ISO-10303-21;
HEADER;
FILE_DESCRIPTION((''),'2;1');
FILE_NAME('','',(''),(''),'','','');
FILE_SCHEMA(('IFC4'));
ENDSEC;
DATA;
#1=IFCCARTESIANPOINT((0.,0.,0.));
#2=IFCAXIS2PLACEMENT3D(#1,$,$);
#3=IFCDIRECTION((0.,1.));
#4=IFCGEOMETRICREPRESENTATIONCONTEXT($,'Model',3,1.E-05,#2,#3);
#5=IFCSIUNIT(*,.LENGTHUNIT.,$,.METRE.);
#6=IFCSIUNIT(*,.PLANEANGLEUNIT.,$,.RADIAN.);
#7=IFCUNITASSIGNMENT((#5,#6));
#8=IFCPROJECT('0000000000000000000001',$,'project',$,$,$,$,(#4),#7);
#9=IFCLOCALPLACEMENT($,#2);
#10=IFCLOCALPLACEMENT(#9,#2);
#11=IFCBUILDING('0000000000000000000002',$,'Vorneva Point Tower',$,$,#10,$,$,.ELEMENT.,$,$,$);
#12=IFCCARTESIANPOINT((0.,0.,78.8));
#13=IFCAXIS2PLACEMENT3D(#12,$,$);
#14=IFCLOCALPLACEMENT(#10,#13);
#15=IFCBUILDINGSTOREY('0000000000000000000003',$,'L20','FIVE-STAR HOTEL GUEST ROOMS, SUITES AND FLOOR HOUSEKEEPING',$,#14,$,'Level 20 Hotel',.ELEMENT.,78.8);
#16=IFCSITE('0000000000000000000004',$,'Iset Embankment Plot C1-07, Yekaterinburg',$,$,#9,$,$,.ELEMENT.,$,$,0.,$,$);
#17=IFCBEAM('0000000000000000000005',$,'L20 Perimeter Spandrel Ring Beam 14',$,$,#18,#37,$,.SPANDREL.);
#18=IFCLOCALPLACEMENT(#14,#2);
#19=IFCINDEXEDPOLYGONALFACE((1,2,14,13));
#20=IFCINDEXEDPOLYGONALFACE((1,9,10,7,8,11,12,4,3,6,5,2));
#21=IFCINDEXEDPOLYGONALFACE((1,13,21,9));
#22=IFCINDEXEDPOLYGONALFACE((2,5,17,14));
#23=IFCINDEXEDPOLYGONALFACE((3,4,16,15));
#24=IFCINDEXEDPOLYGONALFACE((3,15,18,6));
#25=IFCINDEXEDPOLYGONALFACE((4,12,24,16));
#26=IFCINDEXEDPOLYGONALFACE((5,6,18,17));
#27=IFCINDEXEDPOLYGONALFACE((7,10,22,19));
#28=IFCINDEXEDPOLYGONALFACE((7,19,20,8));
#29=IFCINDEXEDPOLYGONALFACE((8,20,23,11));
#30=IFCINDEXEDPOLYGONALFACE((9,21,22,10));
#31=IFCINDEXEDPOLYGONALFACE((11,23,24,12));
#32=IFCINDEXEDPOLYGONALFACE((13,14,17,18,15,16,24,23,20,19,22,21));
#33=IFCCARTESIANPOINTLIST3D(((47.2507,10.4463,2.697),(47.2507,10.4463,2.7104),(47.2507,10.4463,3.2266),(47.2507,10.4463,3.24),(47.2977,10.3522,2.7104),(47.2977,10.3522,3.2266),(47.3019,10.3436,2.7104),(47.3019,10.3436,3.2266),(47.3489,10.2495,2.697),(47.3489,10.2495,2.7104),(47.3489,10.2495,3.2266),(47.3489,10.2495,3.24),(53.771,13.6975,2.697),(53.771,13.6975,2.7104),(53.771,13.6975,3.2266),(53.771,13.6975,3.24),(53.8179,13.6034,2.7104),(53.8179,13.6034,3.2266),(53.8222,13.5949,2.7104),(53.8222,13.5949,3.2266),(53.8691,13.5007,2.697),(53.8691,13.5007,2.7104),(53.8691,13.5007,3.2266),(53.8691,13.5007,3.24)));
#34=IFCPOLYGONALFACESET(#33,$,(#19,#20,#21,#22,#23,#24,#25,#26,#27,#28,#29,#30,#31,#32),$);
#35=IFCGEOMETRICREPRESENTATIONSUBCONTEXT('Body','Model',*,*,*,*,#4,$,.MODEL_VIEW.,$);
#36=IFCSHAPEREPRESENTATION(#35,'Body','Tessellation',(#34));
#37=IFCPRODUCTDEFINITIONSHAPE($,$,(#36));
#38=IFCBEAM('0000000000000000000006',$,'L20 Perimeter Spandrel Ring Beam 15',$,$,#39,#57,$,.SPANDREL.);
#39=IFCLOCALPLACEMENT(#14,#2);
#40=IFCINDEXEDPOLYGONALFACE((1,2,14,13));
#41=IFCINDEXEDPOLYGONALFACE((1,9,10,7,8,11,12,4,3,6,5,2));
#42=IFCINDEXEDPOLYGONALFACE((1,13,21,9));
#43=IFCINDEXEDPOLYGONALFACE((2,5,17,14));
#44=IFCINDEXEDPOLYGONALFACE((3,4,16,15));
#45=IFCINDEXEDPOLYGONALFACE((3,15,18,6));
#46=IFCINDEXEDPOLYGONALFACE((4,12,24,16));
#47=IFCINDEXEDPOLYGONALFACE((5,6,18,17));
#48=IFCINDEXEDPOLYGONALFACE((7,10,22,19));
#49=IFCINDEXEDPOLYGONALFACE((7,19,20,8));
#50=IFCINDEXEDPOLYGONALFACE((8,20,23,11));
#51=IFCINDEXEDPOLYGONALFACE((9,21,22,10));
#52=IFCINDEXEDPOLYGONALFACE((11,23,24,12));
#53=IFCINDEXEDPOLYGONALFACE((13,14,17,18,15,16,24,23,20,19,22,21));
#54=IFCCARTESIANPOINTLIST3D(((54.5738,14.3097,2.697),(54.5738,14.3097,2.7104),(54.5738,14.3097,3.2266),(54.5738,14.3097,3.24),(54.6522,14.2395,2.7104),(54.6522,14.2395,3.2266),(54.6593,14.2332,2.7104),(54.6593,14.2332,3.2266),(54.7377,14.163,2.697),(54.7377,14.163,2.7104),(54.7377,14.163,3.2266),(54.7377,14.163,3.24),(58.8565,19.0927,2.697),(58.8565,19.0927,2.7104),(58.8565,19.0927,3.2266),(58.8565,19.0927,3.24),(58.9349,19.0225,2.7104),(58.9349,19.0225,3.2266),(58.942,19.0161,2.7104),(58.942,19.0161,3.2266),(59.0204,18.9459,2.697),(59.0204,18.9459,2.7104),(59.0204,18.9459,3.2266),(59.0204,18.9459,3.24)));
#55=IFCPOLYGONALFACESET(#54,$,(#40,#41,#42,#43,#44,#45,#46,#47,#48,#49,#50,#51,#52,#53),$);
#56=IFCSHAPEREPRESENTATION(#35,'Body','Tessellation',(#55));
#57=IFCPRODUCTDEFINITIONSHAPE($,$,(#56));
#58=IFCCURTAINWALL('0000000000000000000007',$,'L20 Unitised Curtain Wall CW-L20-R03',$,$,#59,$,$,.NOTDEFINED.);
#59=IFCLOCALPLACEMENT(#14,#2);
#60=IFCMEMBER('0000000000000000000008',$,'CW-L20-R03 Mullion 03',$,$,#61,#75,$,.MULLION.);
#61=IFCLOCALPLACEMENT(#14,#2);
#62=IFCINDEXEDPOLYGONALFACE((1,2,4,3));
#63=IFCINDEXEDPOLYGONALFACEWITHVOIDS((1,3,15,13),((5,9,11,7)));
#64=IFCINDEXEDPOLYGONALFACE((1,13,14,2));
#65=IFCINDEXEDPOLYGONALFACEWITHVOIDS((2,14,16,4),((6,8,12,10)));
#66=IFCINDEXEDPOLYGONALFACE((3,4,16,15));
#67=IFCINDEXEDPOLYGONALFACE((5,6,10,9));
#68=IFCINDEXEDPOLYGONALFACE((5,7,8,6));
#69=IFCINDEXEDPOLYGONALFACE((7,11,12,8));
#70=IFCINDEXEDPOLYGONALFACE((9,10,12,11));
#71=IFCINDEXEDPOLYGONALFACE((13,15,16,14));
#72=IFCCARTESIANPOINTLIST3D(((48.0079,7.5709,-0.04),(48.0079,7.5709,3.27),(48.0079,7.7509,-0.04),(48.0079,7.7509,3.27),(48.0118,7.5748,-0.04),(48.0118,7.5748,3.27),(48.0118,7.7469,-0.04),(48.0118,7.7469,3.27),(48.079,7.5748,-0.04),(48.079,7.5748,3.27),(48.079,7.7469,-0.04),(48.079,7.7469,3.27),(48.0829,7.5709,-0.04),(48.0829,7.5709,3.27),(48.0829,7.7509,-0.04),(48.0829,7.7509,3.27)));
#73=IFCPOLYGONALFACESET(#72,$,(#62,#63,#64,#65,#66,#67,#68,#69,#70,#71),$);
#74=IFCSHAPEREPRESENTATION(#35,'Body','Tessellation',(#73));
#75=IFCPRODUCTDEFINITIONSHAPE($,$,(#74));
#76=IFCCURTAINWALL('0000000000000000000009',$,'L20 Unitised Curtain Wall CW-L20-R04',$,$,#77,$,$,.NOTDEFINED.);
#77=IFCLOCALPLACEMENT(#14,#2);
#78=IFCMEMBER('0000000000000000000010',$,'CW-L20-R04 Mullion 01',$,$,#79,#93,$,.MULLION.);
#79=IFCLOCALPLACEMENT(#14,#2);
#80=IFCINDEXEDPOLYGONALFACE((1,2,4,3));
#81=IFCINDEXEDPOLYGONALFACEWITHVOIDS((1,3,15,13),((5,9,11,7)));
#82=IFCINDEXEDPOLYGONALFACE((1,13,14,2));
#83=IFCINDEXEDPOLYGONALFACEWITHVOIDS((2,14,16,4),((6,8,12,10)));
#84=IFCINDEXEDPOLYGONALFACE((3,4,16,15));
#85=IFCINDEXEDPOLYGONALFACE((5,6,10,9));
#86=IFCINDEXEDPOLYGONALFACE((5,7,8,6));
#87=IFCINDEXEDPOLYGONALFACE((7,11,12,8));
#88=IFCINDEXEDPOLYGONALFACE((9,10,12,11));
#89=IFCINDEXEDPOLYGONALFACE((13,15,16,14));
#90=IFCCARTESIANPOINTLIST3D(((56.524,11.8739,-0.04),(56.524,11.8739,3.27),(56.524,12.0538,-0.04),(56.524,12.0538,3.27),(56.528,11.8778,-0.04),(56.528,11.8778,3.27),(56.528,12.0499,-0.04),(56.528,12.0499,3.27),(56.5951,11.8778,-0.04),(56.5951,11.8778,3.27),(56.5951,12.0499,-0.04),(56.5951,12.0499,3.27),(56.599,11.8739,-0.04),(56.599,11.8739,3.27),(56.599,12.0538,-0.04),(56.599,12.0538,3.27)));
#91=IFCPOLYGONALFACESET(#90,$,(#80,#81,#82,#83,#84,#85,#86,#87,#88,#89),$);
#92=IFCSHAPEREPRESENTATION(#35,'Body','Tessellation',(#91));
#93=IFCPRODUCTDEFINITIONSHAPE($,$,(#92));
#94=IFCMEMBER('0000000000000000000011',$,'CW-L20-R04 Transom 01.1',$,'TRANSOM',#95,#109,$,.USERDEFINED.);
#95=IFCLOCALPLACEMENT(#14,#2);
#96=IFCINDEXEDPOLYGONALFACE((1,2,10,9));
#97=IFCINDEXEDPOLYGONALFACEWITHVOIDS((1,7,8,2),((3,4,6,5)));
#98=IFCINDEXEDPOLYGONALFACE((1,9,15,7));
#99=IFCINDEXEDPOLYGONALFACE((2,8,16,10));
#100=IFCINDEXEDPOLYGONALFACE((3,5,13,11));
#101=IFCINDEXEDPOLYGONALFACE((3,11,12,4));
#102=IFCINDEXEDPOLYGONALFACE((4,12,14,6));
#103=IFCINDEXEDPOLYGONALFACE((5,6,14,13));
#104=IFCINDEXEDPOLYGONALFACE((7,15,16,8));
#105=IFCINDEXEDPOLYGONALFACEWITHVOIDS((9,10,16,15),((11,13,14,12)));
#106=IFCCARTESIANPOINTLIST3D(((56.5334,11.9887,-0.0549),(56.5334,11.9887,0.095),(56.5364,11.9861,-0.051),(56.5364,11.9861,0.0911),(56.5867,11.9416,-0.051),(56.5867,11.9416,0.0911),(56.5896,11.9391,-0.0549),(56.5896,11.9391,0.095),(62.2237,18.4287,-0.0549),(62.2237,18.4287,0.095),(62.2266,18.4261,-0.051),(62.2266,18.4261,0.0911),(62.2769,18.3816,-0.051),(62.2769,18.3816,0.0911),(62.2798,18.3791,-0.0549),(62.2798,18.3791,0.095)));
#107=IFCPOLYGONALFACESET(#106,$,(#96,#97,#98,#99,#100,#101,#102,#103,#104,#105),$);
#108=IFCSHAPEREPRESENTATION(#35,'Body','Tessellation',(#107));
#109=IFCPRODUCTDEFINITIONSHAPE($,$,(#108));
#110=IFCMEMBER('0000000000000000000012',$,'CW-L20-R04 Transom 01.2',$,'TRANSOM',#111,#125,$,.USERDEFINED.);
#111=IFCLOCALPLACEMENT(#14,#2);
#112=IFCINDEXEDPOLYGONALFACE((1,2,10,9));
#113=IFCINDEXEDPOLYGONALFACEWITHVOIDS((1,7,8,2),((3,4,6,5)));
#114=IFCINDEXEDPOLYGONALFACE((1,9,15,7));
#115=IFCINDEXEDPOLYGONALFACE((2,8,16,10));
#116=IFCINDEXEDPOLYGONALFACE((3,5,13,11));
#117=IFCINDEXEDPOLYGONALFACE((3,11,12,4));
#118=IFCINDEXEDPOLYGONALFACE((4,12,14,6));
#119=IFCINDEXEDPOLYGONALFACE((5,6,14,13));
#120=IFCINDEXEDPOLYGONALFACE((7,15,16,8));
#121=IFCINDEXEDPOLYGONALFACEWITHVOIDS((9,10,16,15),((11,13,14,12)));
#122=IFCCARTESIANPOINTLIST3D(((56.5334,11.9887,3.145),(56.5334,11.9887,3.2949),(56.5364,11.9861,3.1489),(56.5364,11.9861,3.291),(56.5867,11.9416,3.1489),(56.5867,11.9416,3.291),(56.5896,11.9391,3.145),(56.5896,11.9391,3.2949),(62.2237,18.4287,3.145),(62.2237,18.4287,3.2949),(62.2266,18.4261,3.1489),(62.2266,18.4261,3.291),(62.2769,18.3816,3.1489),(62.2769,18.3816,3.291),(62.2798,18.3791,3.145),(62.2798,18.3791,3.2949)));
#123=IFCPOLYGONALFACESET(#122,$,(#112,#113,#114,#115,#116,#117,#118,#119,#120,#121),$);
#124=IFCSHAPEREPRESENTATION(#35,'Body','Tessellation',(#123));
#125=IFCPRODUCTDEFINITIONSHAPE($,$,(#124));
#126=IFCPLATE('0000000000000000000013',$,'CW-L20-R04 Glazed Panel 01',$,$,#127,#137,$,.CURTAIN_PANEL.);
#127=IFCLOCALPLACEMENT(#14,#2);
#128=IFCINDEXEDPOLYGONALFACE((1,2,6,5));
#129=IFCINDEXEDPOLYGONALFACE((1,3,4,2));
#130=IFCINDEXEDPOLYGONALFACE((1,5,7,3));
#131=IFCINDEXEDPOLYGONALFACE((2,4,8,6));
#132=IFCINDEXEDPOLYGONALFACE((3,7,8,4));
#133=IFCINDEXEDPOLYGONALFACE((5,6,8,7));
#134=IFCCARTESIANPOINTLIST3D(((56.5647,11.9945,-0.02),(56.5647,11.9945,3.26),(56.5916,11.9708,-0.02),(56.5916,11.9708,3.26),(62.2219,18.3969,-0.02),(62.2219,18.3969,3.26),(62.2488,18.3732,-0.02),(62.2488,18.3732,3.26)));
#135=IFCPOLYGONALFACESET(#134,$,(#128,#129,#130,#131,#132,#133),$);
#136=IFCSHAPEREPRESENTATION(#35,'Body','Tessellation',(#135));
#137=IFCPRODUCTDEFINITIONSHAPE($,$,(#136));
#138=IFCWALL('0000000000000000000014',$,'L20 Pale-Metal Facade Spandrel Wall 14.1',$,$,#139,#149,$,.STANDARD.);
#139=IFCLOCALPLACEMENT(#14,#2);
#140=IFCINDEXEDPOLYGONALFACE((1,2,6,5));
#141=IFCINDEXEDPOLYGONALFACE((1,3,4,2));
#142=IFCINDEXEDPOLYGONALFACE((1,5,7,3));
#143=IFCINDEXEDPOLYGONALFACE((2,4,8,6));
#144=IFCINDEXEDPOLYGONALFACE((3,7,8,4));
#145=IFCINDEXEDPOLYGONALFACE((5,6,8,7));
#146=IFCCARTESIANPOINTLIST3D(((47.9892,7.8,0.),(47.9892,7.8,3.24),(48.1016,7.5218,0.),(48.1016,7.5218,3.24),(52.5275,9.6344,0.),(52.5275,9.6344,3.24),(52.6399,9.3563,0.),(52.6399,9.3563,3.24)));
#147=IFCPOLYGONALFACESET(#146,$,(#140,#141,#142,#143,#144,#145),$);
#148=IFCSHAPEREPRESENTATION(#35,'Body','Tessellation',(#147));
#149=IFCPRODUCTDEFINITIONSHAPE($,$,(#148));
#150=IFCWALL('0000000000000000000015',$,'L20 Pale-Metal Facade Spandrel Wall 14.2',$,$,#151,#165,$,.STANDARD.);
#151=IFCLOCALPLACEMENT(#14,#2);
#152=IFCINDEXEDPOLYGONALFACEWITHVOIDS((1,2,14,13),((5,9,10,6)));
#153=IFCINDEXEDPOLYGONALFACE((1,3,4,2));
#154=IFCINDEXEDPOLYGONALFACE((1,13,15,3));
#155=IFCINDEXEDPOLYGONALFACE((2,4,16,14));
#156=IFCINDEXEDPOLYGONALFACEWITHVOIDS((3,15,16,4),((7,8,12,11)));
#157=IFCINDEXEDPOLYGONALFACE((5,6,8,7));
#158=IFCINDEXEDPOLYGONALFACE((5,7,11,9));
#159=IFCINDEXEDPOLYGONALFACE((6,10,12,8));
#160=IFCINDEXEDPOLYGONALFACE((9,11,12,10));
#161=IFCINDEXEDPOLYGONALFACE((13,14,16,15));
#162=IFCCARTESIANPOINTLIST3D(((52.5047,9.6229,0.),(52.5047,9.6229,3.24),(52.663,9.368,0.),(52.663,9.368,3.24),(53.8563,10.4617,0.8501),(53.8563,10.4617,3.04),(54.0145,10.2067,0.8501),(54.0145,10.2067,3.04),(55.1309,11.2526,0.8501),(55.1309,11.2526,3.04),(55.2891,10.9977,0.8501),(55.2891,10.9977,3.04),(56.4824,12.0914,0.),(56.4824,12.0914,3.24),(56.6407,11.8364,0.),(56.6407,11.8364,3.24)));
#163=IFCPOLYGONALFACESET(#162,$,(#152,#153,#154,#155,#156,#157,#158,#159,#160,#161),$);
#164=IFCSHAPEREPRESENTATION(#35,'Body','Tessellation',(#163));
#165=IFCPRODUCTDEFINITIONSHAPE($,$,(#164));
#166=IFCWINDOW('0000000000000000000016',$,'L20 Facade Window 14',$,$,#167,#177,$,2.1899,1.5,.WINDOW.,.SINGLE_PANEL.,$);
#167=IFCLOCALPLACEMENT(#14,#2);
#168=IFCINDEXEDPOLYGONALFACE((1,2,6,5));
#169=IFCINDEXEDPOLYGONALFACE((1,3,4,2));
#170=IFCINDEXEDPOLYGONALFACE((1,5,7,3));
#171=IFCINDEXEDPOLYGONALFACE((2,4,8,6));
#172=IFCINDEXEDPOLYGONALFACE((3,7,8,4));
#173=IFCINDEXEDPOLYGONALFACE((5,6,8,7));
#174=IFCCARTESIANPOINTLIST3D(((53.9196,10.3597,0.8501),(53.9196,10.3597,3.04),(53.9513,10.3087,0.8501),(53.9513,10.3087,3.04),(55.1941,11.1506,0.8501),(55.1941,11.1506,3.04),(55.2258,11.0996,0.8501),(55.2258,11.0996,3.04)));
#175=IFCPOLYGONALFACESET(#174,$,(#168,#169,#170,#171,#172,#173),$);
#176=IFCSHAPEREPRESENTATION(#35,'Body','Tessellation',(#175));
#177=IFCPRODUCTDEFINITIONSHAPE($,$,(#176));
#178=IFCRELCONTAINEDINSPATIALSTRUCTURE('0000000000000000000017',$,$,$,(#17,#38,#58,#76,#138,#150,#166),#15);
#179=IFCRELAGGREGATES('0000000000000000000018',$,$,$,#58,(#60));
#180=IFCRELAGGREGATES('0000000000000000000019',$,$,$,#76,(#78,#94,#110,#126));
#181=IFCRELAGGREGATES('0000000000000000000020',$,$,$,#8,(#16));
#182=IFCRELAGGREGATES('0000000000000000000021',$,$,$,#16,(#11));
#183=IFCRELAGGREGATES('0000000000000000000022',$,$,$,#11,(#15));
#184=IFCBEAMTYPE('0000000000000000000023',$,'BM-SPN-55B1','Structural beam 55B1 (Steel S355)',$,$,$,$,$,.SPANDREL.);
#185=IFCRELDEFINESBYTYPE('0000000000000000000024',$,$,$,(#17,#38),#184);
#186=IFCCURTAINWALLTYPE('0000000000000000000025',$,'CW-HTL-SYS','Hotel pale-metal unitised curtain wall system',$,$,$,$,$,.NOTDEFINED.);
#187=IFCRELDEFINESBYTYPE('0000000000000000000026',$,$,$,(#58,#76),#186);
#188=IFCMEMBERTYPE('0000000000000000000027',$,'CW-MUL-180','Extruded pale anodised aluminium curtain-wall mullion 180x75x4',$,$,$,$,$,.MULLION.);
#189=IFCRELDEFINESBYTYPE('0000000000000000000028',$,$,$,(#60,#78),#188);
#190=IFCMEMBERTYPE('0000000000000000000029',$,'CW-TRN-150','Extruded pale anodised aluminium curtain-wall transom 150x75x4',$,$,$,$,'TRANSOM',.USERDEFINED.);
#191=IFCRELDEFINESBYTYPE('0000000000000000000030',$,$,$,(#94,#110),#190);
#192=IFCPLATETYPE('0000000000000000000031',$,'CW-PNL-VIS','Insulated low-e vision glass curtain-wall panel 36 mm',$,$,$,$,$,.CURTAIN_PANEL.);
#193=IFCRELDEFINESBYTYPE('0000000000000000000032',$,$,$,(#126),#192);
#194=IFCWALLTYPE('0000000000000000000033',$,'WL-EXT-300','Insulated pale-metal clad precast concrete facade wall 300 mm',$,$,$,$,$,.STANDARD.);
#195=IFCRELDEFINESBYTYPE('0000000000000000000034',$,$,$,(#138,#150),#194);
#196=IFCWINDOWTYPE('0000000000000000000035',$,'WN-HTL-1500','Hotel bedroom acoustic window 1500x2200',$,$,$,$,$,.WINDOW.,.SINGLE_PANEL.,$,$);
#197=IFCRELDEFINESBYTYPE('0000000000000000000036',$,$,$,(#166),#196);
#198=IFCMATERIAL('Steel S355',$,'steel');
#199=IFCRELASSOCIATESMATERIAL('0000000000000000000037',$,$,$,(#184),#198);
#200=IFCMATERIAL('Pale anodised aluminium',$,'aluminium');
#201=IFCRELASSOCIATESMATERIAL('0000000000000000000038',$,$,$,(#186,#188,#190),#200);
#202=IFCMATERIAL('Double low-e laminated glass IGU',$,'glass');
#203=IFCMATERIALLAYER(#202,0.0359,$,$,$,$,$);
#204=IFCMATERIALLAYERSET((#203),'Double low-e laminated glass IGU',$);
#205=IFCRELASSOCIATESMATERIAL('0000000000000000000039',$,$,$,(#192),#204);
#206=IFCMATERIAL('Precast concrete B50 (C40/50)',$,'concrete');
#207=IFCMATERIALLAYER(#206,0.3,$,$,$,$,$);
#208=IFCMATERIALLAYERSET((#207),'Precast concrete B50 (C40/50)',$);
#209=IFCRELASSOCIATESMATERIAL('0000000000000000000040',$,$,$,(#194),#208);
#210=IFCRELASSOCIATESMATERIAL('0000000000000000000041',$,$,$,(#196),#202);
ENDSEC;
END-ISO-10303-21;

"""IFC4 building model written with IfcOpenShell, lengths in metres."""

from ifc_helpers import new_model, si_unit, direction, frame, frame_2d, origin, origin_2d, place, context, subcontext, project, spatial, rectangle, hollow_rectangle, i_section, extrude, material, layer, layer_set, material_profile, profile_set, type_object, element, fill, aggregate, save


model = new_model("IFC4")

# Units and contexts
model_context = context("Model", 3, precision=1e-05, world=origin(), true_north=direction((0.0, 1.0)))
body_context = subcontext(model_context, "Body", "Model", "MODEL_VIEW")
ifc_project = project(units=[si_unit("LENGTHUNIT", "METRE"), si_unit("PLANEANGLEUNIT", "RADIAN")], contexts=[model_context])

# Site, building, storey
site_placement = place(None, origin())
site = spatial("IfcSite", under=ifc_project, at=site_placement, Name="Iset Embankment Plot C1-07, Yekaterinburg", CompositionType="ELEMENT", RefElevation=0.0)
building_placement = place(site_placement, origin())
building = spatial("IfcBuilding", under=site, at=building_placement, Name="Vorneva Point Tower", CompositionType="ELEMENT")
storey_placement = place(building_placement, frame((0.0, 0.0, 78.8)))
storey = spatial("IfcBuildingStorey", under=building, at=storey_placement, Name="L20", Description="FIVE-STAR HOTEL GUEST ROOMS, SUITES AND FLOOR HOUSEKEEPING", LongName="Level 20 Hotel", CompositionType="ELEMENT", Elevation=78.8)

# Beams
ifc_material_1 = material(Name="Steel S355", Category="steel")
ifc_material_profile_1 = material_profile(ifc_material_1, i_section(OverallWidth=0.22, OverallDepth=0.543, WebThickness=0.0095, FlangeThickness=0.0134, at=origin_2d()), Name="55B1")
ifc_profile_set_1 = profile_set([ifc_material_profile_1], Name="Steel S355")
beam_type_1 = type_object("IfcBeamType", Name="BM-SPN-55B1", Description="Structural beam 55B1 (Steel S355)", PredefinedType="SPANDREL", material=ifc_profile_set_1)
beam_1_placement = place(storey_placement, frame((47.2998, 10.3479, 2.9685), z_axis=(0.894916, 0.446235, 0.0), x_axis=(-0.446235, 0.894916, 0.0)))
element("IfcBeam", 1, at=beam_1_placement, inside=storey, type_object=beam_type_1, Name="L20 Perimeter Spandrel Ring Beam 14", PredefinedType="SPANDREL", context=body_context, shape_type="SweptSolid", body=[
    extrude(i_section(OverallWidth=0.22, OverallDepth=0.543, WebThickness=0.0095, FlangeThickness=0.0134, at=origin_2d()), origin(), (0.0, 0.0, 1.0), 7.2859),
])
beam_2_placement = place(storey_placement, frame((54.6558, 14.2363, 2.9685), z_axis=(0.667074, 0.744992, 0.0), x_axis=(-0.744992, 0.667074, 0.0)))
element("IfcBeam", 2, at=beam_2_placement, inside=storey, type_object=beam_type_1, Name="L20 Perimeter Spandrel Ring Beam 15", PredefinedType="SPANDREL", context=body_context, shape_type="SweptSolid", body=[
    extrude(i_section(OverallWidth=0.22, OverallDepth=0.543, WebThickness=0.0095, FlangeThickness=0.0134, at=origin_2d()), origin(), (0.0, 0.0, 1.0), 6.4202),
])

# Curtain wall, member
ifc_material_2 = material(Name="Pale anodised aluminium", Category="aluminium")
curtain_wall_type = type_object("IfcCurtainWallType", Name="CW-HTL-SYS", Description="Hotel pale-metal unitised curtain wall system", PredefinedType="NOTDEFINED", material=ifc_material_2)
curtain_wall_1_placement = place(storey_placement, origin())
curtain_wall_1 = element("IfcCurtainWall", 3, at=curtain_wall_1_placement, inside=storey, type_object=curtain_wall_type, Name="L20 Unitised Curtain Wall CW-L20-R03", PredefinedType="NOTDEFINED")
ifc_material_profile_2 = material_profile(ifc_material_2, hollow_rectangle(XDim=0.075, YDim=0.1799, WallThickness=0.0039, at=origin_2d()), Name="AL-MUL 180x75x4")
ifc_profile_set_2 = profile_set([ifc_material_profile_2], Name="Pale anodised aluminium")
member_type_1 = type_object("IfcMemberType", Name="CW-MUL-180", Description="Extruded pale anodised aluminium curtain-wall mullion 180x75x4", PredefinedType="MULLION", material=ifc_profile_set_2)
member_1_placement = place(storey_placement, frame((48.0454, 7.6609, -0.04), z_axis=(0.0, 0.0, 1.0), x_axis=(1.0, 0.0, 0.0)))
member_1 = element("IfcMember", 4, at=member_1_placement, type_object=member_type_1, Name="CW-L20-R03 Mullion 03", PredefinedType="MULLION", context=body_context, shape_type="SweptSolid", body=[
    extrude(hollow_rectangle(XDim=0.075, YDim=0.1799, WallThickness=0.0039, at=origin_2d()), origin(), (0.0, 0.0, 1.0), 3.3101),
])
aggregate(curtain_wall_1, [member_1])

# Curtain wall, members, plate
curtain_wall_2_placement = place(storey_placement, origin())
curtain_wall_2 = element("IfcCurtainWall", 5, at=curtain_wall_2_placement, inside=storey, type_object=curtain_wall_type, Name="L20 Unitised Curtain Wall CW-L20-R04", PredefinedType="NOTDEFINED")
member_2_placement = place(storey_placement, frame((56.5615, 11.9639, -0.04), z_axis=(0.0, 0.0, 1.0), x_axis=(1.0, 0.0, 0.0)))
member_2 = element("IfcMember", 6, at=member_2_placement, type_object=member_type_1, Name="CW-L20-R04 Mullion 01", PredefinedType="MULLION", context=body_context, shape_type="SweptSolid", body=[
    extrude(hollow_rectangle(XDim=0.075, YDim=0.1799, WallThickness=0.0039, at=origin_2d()), origin(), (0.0, 0.0, 1.0), 3.3101),
])
ifc_material_profile_3 = material_profile(ifc_material_2, hollow_rectangle(XDim=0.075, YDim=0.1499, WallThickness=0.0039, at=origin_2d()), Name="AL-TRN 150x75x4")
ifc_profile_set_3 = profile_set([ifc_material_profile_3], Name="Pale anodised aluminium")
member_type_2 = type_object("IfcMemberType", Name="CW-TRN-150", Description="Extruded pale anodised aluminium curtain-wall transom 150x75x4", ElementType="TRANSOM", PredefinedType="USERDEFINED", material=ifc_profile_set_3)
member_3_placement = place(storey_placement, frame((56.5615, 11.9639, 0.02), z_axis=(0.662137, 0.749383, 0.0), x_axis=(-0.749383, 0.662137, 0.0)))
member_3 = element("IfcMember", 7, at=member_3_placement, type_object=member_type_2, Name="CW-L20-R04 Transom 01.1", ObjectType="TRANSOM", PredefinedType="USERDEFINED", context=body_context, shape_type="SweptSolid", body=[
    extrude(hollow_rectangle(XDim=0.075, YDim=0.1499, WallThickness=0.0039, at=origin_2d()), origin(), (0.0, 0.0, 1.0), 8.5938),
])
member_4_placement = place(storey_placement, frame((56.5615, 11.9639, 3.22), z_axis=(0.662137, 0.749383, 0.0), x_axis=(-0.749383, 0.662137, 0.0)))
member_4 = element("IfcMember", 8, at=member_4_placement, type_object=member_type_2, Name="CW-L20-R04 Transom 01.2", ObjectType="TRANSOM", PredefinedType="USERDEFINED", context=body_context, shape_type="SweptSolid", body=[
    extrude(hollow_rectangle(XDim=0.075, YDim=0.1499, WallThickness=0.0039, at=origin_2d()), origin(), (0.0, 0.0, 1.0), 8.5938),
])
ifc_material_3 = material(Name="Double low-e laminated glass IGU", Category="glass")
ifc_layer_1 = layer(ifc_material_3, 0.0359)
ifc_layer_set_1 = layer_set([ifc_layer_1], Name="Double low-e laminated glass IGU")
plate_type = type_object("IfcPlateType", Name="CW-PNL-VIS", Description="Insulated low-e vision glass curtain-wall panel 36 mm", PredefinedType="CURTAIN_PANEL", material=ifc_layer_set_1)
plate_placement = place(storey_placement, frame((59.4067, 15.1838, -0.02), z_axis=(0.0, 0.0, 1.0), x_axis=(0.662149, 0.749372, 0.0)))
plate = element("IfcPlate", 9, at=plate_placement, type_object=plate_type, Name="CW-L20-R04 Glazed Panel 01", PredefinedType="CURTAIN_PANEL", context=body_context, shape_type="SweptSolid", body=[
    extrude(rectangle(XDim=8.5437, YDim=0.0359, at=origin_2d()), origin(), (0.0, 0.0, 1.0), 3.28),
])
aggregate(curtain_wall_2, [member_2, member_3, member_4, plate])

# Wall
ifc_material_4 = material(Name="Precast concrete B50 (C40/50)", Category="concrete")
ifc_layer_2 = layer(ifc_material_4, 0.3)
ifc_layer_set_2 = layer_set([ifc_layer_2], Name="Precast concrete B50 (C40/50)")
wall_type_1 = type_object("IfcWallType", Name="WL-EXT-300", Description="Insulated pale-metal clad precast concrete facade wall 300 mm", PredefinedType="STANDARD", material=ifc_layer_set_2)
wall_1_placement = place(storey_placement, frame((48.0454, 7.6609, 0.0), z_axis=(0.0, 0.0, 1.0), x_axis=(0.927122, 0.374759, 0.0)))
element("IfcWall", 10, at=wall_1_placement, inside=storey, type_object=wall_type_1, Name="L20 Pale-Metal Facade Spandrel Wall 14.1", PredefinedType="STANDARD", context=body_context, shape_type="SweptSolid", body=[
    extrude(rectangle(XDim=4.895, YDim=0.3, at=frame_2d((2.4475, 0.0))), origin(), (0.0, 0.0, 1.0), 3.24),
])

# Wall, opening, window
wall_2_placement = place(storey_placement, frame((52.5837, 9.4954, 0.0), z_axis=(0.0, 0.0, 1.0), x_axis=(0.849684, 0.527291, 0.0)))
wall_2 = element("IfcWall", 11, at=wall_2_placement, inside=storey, type_object=wall_type_1, Name="L20 Pale-Metal Facade Spandrel Wall 14.2", PredefinedType="STANDARD", context=body_context, shape_type="SweptSolid", body=[
    extrude(rectangle(XDim=4.6814, YDim=0.3, at=frame_2d((2.3408, 0.0))), origin(), (0.0, 0.0, 1.0), 3.24),
])
opening_placement = place(wall_2_placement, frame((1.5908, 0.0, 0.8501)))
opening = element("IfcOpeningElement", 12, at=opening_placement, cuts=wall_2, PredefinedType="OPENING", context=body_context, shape_type="SweptSolid", body=[
    extrude(rectangle(XDim=1.5, YDim=2.1899, at=frame_2d((0.75, 1.095))), frame((0.0, 0.165, 0.0), z_axis=(0.0, -1.0, 0.0), x_axis=(1.0, 0.0, 0.0)), (0.0, 0.0, 1.0), 0.3298),
])
window_type = type_object("IfcWindowType", Name="WN-HTL-1500", Description="Hotel bedroom acoustic window 1500x2200", PartitioningType="SINGLE_PANEL", PredefinedType="WINDOW", material=ifc_material_3)
window_placement = place(opening_placement, origin())
window = element("IfcWindow", 13, at=window_placement, inside=storey, type_object=window_type, Name="L20 Facade Window 14", OverallHeight=2.1899, OverallWidth=1.5, PartitioningType="SINGLE_PANEL", PredefinedType="WINDOW", context=body_context, shape_type="SweptSolid", body=[
    extrude(rectangle(XDim=1.5, YDim=2.1899, at=frame_2d((0.75, 1.095))), frame((0.0, 0.03, 0.0), z_axis=(0.0, -1.0, 0.0), x_axis=(1.0, 0.0, 0.0)), (0.0, 0.0, 1.0), 0.0601),
])
fill(opening, window)

save(model, "model.ifc")
